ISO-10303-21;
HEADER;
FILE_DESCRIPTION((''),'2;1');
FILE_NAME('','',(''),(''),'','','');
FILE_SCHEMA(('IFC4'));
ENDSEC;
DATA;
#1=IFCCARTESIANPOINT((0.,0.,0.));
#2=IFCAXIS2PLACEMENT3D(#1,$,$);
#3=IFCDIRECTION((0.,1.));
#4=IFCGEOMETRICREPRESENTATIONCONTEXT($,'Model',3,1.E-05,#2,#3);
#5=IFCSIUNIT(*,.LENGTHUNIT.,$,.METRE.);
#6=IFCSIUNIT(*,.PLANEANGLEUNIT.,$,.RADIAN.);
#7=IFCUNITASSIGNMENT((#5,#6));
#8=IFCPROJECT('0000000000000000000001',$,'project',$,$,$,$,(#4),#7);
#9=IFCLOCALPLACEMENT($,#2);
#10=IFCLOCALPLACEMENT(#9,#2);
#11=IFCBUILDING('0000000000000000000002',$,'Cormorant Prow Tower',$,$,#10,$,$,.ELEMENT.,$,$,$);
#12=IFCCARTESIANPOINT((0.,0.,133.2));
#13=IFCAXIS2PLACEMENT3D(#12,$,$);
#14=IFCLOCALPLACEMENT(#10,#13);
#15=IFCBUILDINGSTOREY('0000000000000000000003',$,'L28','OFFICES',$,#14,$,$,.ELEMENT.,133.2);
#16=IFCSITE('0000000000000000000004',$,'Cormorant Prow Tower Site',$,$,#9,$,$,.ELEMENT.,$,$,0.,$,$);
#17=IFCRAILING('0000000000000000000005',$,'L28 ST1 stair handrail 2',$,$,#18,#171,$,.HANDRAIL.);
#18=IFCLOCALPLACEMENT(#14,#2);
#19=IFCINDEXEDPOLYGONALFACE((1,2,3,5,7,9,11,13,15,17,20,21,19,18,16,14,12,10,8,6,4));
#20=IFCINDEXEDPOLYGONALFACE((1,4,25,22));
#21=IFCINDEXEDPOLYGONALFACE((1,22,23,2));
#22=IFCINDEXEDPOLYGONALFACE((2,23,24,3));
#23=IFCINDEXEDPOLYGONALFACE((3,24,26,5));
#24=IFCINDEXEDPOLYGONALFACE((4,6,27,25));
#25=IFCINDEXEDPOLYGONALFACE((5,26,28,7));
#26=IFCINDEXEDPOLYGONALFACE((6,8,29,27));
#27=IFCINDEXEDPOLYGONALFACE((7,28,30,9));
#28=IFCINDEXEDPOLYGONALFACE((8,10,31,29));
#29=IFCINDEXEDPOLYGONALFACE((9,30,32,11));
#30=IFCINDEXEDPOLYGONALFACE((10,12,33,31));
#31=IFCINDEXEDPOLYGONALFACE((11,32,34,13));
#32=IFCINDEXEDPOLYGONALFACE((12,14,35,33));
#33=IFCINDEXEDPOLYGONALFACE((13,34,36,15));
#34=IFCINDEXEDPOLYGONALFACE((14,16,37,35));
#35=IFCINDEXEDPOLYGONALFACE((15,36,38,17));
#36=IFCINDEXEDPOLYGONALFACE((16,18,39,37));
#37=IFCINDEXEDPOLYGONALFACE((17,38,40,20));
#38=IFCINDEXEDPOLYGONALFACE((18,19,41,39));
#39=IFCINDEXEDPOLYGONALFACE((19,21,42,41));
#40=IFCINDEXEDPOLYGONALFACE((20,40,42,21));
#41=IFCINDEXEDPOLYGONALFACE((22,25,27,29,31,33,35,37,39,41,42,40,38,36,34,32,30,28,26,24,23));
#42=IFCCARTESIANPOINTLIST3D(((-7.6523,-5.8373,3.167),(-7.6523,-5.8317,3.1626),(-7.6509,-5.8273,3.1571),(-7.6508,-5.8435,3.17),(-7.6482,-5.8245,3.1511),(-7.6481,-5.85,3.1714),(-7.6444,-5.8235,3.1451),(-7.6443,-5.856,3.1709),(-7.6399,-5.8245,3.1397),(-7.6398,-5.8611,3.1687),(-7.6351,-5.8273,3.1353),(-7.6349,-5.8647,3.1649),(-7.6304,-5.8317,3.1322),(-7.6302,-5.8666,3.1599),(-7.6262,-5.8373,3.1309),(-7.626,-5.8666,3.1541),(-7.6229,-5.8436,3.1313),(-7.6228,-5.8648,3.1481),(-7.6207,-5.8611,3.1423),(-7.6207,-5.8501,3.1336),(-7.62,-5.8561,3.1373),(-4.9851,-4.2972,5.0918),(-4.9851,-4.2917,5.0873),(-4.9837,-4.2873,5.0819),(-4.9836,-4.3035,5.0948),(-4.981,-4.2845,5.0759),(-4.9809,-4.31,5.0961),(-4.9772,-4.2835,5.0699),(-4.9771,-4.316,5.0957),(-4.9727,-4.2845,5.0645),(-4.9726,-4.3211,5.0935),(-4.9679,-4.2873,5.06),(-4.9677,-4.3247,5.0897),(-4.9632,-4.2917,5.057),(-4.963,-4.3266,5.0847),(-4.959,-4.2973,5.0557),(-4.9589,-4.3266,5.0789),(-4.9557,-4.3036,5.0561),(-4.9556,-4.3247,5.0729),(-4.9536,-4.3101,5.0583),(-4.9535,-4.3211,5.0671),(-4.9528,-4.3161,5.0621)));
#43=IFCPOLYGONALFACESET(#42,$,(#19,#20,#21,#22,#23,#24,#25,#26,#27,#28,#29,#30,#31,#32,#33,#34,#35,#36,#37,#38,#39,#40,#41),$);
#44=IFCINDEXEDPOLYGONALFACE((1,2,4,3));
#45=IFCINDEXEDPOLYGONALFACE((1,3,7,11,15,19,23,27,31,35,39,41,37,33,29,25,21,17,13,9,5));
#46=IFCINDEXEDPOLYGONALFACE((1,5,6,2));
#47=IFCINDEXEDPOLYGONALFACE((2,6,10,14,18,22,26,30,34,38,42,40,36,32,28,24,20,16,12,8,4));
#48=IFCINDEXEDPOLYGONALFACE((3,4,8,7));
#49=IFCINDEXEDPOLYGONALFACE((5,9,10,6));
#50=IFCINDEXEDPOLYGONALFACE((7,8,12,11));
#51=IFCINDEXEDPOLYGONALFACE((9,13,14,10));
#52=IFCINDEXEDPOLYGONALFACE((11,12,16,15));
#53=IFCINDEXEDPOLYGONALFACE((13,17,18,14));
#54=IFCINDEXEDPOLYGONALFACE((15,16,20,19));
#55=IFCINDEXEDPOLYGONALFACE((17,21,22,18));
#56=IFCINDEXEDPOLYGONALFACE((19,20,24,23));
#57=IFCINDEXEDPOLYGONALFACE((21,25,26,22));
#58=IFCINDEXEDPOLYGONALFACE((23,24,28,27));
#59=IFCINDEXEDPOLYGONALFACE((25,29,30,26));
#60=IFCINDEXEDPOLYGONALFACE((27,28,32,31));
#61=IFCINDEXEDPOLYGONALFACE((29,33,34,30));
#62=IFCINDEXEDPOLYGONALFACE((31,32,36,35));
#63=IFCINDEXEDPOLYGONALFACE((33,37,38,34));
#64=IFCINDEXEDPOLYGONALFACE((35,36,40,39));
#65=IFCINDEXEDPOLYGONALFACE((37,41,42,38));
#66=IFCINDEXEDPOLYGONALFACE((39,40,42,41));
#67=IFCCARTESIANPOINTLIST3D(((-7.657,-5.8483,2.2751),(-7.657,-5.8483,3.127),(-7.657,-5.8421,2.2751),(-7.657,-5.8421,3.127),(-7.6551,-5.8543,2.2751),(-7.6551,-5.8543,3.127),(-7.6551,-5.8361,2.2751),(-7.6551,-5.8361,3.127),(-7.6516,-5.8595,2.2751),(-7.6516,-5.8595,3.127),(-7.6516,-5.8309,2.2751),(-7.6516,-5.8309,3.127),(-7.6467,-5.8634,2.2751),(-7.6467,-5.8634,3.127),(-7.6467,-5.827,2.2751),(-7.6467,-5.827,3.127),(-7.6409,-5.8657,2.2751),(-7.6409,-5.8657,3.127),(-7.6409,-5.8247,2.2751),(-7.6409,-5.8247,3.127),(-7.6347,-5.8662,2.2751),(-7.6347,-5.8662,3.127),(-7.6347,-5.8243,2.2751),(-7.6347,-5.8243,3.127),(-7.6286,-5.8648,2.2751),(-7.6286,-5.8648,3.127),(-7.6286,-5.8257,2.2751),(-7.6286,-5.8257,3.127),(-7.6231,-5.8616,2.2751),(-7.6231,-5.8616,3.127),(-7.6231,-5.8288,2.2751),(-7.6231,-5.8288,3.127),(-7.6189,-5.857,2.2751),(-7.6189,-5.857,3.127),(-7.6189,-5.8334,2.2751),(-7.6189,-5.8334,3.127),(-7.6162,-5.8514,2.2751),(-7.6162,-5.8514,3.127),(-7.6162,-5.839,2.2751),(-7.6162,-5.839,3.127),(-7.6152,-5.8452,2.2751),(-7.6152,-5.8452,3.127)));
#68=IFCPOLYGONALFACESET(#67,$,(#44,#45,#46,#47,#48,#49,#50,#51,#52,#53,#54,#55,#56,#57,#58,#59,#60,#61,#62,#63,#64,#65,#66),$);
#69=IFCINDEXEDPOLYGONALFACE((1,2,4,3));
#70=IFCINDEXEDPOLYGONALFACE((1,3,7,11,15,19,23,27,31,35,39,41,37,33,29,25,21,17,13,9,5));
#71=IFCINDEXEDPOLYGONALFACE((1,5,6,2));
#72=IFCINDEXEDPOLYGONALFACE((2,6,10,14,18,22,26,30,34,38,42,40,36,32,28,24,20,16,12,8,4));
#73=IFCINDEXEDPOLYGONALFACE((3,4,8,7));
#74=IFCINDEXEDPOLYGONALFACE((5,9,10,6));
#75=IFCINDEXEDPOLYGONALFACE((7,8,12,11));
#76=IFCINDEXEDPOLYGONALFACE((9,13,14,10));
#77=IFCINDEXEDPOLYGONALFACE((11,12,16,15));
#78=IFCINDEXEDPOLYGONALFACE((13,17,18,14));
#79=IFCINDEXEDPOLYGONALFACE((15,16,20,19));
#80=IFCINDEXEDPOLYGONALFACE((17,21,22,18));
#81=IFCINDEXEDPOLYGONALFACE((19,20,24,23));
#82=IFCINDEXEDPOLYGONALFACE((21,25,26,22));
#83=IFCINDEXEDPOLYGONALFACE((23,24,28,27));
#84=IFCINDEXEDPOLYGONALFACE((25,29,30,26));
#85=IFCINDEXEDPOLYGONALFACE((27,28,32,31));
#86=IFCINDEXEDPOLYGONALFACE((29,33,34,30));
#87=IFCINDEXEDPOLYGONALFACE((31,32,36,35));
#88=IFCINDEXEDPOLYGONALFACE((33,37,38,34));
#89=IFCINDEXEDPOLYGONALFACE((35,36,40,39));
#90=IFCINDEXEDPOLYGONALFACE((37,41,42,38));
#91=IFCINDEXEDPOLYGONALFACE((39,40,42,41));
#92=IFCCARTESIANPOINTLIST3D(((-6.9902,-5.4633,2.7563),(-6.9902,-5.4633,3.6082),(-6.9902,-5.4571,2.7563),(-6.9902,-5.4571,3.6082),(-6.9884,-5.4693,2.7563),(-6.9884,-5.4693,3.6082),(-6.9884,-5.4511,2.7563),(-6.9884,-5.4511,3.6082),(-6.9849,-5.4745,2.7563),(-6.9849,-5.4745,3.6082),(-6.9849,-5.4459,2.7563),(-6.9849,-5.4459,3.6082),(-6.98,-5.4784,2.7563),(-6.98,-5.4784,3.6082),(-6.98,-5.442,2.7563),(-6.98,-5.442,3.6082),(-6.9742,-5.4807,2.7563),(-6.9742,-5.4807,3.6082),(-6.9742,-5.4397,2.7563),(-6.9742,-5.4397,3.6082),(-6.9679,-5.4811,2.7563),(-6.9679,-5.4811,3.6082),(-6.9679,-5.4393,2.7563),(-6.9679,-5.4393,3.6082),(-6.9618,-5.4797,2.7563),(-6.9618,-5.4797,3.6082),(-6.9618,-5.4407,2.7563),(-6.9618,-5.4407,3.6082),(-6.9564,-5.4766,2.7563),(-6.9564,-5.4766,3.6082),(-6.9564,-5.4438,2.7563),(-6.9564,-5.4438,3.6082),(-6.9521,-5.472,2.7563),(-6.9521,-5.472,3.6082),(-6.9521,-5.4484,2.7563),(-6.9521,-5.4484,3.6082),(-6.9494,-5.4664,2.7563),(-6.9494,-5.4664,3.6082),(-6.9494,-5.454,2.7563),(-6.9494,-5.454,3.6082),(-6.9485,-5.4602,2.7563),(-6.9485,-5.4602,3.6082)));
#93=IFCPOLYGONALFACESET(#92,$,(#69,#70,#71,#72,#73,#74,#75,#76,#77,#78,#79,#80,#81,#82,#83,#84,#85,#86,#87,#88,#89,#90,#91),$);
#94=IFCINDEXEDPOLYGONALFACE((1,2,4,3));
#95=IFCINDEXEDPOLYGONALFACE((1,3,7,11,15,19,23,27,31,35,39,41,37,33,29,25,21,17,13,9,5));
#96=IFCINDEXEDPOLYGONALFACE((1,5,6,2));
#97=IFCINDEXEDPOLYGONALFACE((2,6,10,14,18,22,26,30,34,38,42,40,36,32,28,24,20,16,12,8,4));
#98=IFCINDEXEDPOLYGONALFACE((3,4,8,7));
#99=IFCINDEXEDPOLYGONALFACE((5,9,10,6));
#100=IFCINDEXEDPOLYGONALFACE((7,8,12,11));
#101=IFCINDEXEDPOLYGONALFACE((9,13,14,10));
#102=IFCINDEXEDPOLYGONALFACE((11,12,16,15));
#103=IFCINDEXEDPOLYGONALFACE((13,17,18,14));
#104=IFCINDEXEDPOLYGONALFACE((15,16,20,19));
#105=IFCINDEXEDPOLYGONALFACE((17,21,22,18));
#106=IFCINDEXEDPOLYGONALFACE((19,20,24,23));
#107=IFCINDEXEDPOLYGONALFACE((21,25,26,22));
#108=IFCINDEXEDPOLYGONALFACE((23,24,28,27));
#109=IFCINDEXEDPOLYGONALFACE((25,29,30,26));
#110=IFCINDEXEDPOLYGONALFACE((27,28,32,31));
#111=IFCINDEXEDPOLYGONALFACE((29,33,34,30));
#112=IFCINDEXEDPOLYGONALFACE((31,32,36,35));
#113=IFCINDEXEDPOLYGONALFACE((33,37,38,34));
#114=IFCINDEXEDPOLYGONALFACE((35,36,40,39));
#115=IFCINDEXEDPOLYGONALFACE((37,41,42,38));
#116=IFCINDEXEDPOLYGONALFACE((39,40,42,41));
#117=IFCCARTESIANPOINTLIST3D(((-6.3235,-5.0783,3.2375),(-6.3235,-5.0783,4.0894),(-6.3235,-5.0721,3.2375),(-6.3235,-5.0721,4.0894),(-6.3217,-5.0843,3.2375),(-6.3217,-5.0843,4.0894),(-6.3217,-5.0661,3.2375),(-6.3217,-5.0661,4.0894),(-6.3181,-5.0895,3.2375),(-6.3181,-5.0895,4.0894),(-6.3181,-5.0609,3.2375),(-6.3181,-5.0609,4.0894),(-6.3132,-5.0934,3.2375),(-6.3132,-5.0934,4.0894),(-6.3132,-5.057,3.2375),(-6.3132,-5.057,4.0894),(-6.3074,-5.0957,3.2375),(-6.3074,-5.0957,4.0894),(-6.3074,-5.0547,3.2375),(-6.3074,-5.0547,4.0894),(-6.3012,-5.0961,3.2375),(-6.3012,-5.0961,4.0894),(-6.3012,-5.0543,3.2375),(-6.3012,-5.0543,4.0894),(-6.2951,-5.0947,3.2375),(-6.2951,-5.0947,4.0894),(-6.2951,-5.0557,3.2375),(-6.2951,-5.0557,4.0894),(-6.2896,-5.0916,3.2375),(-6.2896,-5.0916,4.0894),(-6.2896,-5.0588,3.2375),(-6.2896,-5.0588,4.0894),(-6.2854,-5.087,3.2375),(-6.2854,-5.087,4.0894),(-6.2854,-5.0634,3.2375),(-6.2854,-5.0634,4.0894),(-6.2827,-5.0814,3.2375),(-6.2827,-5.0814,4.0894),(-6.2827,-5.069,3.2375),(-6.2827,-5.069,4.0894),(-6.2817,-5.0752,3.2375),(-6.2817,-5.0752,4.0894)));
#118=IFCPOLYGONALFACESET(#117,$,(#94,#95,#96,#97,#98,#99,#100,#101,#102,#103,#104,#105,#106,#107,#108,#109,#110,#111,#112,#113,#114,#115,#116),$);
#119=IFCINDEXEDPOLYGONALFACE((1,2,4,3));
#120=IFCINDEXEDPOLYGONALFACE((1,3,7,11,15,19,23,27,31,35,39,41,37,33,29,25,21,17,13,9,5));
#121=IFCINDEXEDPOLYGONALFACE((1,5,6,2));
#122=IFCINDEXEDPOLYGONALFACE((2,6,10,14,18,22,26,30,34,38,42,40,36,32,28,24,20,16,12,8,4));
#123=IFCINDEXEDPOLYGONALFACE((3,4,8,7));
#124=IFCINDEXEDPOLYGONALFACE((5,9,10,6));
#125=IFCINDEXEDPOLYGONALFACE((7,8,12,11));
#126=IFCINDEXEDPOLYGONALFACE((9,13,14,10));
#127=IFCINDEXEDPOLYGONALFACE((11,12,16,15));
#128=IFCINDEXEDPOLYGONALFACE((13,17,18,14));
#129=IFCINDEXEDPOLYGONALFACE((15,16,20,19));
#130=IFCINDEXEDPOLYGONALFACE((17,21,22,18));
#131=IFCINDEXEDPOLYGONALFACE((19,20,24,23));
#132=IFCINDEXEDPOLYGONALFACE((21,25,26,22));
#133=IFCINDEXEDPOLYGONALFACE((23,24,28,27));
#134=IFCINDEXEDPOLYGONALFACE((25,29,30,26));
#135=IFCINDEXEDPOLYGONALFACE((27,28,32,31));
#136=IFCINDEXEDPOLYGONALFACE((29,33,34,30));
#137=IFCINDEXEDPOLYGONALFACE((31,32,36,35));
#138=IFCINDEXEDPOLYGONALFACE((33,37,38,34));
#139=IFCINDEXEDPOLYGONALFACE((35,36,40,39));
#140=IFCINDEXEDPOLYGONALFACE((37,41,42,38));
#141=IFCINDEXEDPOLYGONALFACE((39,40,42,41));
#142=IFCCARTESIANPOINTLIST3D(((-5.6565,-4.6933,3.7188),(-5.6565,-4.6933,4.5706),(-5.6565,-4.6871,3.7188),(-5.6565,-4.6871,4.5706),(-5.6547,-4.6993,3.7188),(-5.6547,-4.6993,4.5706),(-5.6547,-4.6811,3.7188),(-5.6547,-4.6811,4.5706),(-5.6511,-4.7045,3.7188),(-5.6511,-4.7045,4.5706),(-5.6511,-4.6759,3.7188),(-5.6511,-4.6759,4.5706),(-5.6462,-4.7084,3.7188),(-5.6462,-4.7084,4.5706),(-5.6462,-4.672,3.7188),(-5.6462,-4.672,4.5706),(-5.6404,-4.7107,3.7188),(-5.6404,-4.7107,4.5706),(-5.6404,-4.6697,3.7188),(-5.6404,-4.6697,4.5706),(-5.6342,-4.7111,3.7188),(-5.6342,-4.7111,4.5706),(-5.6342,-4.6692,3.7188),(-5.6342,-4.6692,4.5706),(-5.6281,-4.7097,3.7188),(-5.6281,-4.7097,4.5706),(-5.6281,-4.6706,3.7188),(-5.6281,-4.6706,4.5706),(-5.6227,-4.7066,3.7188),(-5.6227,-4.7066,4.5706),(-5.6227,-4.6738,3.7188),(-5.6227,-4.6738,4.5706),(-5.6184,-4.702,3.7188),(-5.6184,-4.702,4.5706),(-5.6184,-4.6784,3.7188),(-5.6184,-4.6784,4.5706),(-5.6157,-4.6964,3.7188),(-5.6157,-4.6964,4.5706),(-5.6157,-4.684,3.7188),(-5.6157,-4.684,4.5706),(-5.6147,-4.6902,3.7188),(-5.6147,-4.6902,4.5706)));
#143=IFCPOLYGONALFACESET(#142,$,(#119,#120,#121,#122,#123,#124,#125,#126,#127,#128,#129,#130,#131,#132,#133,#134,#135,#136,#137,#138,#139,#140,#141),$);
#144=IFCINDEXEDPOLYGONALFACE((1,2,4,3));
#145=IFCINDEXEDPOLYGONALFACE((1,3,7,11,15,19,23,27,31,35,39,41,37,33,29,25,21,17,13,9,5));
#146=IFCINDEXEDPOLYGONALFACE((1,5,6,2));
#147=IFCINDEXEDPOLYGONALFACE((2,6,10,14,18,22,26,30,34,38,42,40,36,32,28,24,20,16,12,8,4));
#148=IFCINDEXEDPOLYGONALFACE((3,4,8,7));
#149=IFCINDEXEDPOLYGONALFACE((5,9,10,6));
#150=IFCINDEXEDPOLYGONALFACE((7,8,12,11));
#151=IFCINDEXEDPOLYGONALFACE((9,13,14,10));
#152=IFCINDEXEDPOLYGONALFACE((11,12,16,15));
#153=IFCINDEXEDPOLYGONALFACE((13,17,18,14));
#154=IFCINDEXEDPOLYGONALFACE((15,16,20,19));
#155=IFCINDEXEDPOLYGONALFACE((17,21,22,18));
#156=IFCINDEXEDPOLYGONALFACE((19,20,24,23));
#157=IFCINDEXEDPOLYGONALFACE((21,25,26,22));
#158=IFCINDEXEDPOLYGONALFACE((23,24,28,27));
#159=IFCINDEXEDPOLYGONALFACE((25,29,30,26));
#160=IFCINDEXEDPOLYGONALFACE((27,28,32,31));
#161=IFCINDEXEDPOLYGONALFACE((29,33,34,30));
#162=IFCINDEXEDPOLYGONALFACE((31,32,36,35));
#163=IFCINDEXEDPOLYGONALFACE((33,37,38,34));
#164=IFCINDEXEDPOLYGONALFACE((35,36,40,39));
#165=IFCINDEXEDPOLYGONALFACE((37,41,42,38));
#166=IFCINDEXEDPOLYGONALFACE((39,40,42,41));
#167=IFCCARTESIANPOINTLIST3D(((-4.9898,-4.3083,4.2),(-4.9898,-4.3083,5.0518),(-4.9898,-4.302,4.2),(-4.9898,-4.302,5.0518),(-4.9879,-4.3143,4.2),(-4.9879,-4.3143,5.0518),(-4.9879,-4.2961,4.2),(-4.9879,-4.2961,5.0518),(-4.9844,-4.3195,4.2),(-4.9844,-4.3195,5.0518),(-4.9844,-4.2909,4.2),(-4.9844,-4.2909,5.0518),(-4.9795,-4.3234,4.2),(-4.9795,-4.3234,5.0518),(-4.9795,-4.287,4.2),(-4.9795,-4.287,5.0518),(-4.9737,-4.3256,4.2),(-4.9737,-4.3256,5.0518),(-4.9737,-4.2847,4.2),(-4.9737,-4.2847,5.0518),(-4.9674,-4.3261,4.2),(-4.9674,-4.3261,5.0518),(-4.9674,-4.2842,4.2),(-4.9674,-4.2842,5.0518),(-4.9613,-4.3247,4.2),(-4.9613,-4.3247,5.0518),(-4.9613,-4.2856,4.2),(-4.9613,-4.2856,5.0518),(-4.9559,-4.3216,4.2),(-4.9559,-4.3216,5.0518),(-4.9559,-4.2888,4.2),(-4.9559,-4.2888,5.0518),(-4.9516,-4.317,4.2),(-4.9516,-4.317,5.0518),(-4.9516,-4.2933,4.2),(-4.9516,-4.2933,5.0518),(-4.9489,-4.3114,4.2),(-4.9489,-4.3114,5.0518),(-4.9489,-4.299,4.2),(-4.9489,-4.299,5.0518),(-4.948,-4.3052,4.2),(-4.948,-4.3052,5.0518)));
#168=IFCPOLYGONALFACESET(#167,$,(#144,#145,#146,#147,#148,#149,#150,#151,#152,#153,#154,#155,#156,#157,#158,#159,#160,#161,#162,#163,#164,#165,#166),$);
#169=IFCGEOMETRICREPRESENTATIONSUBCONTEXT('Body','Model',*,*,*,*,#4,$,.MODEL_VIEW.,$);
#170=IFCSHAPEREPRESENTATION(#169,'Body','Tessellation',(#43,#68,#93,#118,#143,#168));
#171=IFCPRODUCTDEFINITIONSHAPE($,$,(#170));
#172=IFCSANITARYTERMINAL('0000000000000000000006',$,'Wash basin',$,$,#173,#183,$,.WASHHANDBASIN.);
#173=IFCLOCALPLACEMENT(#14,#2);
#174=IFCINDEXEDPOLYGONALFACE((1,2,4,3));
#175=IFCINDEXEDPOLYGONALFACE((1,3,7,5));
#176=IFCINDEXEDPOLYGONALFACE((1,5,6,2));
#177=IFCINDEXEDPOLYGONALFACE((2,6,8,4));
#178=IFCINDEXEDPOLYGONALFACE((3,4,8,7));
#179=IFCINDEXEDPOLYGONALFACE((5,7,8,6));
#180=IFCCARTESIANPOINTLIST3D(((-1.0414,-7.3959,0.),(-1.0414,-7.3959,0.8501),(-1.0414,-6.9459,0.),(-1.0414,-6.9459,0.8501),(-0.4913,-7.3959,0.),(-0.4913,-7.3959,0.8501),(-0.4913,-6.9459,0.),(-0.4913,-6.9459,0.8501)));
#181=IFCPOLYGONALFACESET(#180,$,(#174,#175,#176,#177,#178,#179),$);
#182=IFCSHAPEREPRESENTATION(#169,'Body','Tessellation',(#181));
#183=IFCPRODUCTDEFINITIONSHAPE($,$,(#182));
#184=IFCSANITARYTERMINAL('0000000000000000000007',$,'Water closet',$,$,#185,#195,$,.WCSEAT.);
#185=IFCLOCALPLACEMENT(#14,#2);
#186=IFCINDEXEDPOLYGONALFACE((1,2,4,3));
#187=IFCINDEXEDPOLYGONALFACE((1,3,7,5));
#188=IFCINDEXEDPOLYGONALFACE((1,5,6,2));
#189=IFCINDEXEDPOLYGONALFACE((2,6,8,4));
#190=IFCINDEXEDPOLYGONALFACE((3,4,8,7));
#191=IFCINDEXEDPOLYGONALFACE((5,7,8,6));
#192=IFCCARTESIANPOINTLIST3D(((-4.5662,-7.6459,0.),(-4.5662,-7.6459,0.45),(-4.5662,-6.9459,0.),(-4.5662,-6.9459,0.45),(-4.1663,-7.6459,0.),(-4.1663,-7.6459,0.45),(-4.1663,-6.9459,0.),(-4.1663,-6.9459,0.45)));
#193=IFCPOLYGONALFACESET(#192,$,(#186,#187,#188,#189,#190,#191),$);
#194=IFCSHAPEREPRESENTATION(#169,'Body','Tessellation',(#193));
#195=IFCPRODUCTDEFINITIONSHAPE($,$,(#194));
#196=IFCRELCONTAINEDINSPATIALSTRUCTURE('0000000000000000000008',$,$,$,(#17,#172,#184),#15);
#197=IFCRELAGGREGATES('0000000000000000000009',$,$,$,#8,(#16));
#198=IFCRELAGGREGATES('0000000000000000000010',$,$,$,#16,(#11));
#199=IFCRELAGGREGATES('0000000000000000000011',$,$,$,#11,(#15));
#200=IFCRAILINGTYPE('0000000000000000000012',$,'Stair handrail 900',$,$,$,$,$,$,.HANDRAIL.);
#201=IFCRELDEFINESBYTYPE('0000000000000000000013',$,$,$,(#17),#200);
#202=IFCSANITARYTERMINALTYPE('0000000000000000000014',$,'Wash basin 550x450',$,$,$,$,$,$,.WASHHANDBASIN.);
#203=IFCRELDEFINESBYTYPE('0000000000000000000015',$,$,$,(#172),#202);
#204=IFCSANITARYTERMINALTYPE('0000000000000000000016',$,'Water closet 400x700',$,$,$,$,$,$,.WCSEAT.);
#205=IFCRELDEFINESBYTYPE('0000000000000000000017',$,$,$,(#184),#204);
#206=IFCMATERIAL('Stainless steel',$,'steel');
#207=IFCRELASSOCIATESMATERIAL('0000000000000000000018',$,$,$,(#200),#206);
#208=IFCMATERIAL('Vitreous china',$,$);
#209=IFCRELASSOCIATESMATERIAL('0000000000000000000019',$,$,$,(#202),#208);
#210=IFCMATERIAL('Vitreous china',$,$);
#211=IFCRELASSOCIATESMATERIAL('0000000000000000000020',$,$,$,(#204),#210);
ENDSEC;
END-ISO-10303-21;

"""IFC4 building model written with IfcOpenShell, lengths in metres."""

from ifc_helpers import new_model, si_unit, direction, frame, origin, origin_2d, place, context, subcontext, project, spatial, rectangle, circle, extrude, material, type_object, element, save


model = new_model("IFC4")

# Units and contexts
model_context = context("Model", 3, precision=1e-05, world=origin(), true_north=direction((0.0, 1.0)))
body_context = subcontext(model_context, "Body", "Model", "MODEL_VIEW")
ifc_project = project(units=[si_unit("LENGTHUNIT", "METRE"), si_unit("PLANEANGLEUNIT", "RADIAN")], contexts=[model_context])

# Site, building, storey
site_placement = place(None, origin())
site = spatial("IfcSite", under=ifc_project, at=site_placement, Name="Cormorant Prow Tower Site", CompositionType="ELEMENT", RefElevation=0.0)
building_placement = place(site_placement, origin())
building = spatial("IfcBuilding", under=site, at=building_placement, Name="Cormorant Prow Tower", CompositionType="ELEMENT")
storey_placement = place(building_placement, frame((0.0, 0.0, 133.2)))
storey = spatial("IfcBuildingStorey", under=building, at=storey_placement, Name="L28", Description="OFFICES", CompositionType="ELEMENT", Elevation=133.2)

# Railing
ifc_material_1 = material(Name="Stainless steel", Category="steel")
railing_type_1 = type_object("IfcRailingType", Name="Stair handrail 900", PredefinedType="HANDRAIL", material=ifc_material_1)
railing_1_placement = place(storey_placement, frame((-7.6362, -5.8452, 2.2751)))
element("IfcRailing", 1, at=railing_1_placement, inside=storey, type_object=railing_type_1, Name="L28 ST1 stair handrail 2", PredefinedType="HANDRAIL", context=body_context, shape_type="SweptSolid", body=[
    extrude(circle(Radius=0.0239, at=origin_2d()), frame((0.0, 0.0, 0.876), z_axis=(0.73439, 0.424031, 0.529971), x_axis=(-0.500027, 0.86601, 0.0)), (0.0, 0.0, 1.0), 3.6318),
    extrude(circle(Radius=0.021, at=origin_2d()), origin(), (0.0, 0.0, 1.0), 0.8518),
    extrude(circle(Radius=0.021, at=origin_2d()), frame((0.6667, 0.385, 0.4812)), (0.0, 0.0, 1.0), 0.8518),
    extrude(circle(Radius=0.021, at=origin_2d()), frame((1.3335, 0.77, 0.9624)), (0.0, 0.0, 1.0), 0.8518),
    extrude(circle(Radius=0.021, at=origin_2d()), frame((2.0005, 1.155, 1.4436)), (0.0, 0.0, 1.0), 0.8518),
    extrude(circle(Radius=0.021, at=origin_2d()), frame((2.6672, 1.54, 1.9248)), (0.0, 0.0, 1.0), 0.8518),
])

# Sanitary terminals
ifc_material_2 = material(Name="Vitreous china")
sanitary_terminal_type_1 = type_object("IfcSanitaryTerminalType", Name="Wash basin 550x450", PredefinedType="WASHHANDBASIN", material=ifc_material_2)
sanitary_terminal_1_placement = place(storey_placement, frame((-0.7664, -7.1709, 0.0), z_axis=(0.0, 0.0, 1.0), x_axis=(-1.0, 0.0, 0.0)))
element("IfcSanitaryTerminal", 2, at=sanitary_terminal_1_placement, inside=storey, type_object=sanitary_terminal_type_1, Name="Wash basin", PredefinedType="WASHHANDBASIN", context=body_context, shape_type="SweptSolid", body=[
    extrude(rectangle(XDim=0.55, YDim=0.45, at=origin_2d()), origin(), (0.0, 0.0, 1.0), 0.8501),
])
ifc_material_3 = material(Name="Vitreous china")
sanitary_terminal_type_2 = type_object("IfcSanitaryTerminalType", Name="Water closet 400x700", PredefinedType="WCSEAT", material=ifc_material_3)
sanitary_terminal_2_placement = place(storey_placement, frame((-4.3662, -7.2959, 0.0), z_axis=(0.0, 0.0, 1.0), x_axis=(-1.0, 0.0, 0.0)))
element("IfcSanitaryTerminal", 3, at=sanitary_terminal_2_placement, inside=storey, type_object=sanitary_terminal_type_2, Name="Water closet", PredefinedType="WCSEAT", context=body_context, shape_type="SweptSolid", body=[
    extrude(rectangle(XDim=0.3999, YDim=0.7, at=origin_2d()), origin(), (0.0, 0.0, 1.0), 0.45),
])

save(model, "model.ifc")
